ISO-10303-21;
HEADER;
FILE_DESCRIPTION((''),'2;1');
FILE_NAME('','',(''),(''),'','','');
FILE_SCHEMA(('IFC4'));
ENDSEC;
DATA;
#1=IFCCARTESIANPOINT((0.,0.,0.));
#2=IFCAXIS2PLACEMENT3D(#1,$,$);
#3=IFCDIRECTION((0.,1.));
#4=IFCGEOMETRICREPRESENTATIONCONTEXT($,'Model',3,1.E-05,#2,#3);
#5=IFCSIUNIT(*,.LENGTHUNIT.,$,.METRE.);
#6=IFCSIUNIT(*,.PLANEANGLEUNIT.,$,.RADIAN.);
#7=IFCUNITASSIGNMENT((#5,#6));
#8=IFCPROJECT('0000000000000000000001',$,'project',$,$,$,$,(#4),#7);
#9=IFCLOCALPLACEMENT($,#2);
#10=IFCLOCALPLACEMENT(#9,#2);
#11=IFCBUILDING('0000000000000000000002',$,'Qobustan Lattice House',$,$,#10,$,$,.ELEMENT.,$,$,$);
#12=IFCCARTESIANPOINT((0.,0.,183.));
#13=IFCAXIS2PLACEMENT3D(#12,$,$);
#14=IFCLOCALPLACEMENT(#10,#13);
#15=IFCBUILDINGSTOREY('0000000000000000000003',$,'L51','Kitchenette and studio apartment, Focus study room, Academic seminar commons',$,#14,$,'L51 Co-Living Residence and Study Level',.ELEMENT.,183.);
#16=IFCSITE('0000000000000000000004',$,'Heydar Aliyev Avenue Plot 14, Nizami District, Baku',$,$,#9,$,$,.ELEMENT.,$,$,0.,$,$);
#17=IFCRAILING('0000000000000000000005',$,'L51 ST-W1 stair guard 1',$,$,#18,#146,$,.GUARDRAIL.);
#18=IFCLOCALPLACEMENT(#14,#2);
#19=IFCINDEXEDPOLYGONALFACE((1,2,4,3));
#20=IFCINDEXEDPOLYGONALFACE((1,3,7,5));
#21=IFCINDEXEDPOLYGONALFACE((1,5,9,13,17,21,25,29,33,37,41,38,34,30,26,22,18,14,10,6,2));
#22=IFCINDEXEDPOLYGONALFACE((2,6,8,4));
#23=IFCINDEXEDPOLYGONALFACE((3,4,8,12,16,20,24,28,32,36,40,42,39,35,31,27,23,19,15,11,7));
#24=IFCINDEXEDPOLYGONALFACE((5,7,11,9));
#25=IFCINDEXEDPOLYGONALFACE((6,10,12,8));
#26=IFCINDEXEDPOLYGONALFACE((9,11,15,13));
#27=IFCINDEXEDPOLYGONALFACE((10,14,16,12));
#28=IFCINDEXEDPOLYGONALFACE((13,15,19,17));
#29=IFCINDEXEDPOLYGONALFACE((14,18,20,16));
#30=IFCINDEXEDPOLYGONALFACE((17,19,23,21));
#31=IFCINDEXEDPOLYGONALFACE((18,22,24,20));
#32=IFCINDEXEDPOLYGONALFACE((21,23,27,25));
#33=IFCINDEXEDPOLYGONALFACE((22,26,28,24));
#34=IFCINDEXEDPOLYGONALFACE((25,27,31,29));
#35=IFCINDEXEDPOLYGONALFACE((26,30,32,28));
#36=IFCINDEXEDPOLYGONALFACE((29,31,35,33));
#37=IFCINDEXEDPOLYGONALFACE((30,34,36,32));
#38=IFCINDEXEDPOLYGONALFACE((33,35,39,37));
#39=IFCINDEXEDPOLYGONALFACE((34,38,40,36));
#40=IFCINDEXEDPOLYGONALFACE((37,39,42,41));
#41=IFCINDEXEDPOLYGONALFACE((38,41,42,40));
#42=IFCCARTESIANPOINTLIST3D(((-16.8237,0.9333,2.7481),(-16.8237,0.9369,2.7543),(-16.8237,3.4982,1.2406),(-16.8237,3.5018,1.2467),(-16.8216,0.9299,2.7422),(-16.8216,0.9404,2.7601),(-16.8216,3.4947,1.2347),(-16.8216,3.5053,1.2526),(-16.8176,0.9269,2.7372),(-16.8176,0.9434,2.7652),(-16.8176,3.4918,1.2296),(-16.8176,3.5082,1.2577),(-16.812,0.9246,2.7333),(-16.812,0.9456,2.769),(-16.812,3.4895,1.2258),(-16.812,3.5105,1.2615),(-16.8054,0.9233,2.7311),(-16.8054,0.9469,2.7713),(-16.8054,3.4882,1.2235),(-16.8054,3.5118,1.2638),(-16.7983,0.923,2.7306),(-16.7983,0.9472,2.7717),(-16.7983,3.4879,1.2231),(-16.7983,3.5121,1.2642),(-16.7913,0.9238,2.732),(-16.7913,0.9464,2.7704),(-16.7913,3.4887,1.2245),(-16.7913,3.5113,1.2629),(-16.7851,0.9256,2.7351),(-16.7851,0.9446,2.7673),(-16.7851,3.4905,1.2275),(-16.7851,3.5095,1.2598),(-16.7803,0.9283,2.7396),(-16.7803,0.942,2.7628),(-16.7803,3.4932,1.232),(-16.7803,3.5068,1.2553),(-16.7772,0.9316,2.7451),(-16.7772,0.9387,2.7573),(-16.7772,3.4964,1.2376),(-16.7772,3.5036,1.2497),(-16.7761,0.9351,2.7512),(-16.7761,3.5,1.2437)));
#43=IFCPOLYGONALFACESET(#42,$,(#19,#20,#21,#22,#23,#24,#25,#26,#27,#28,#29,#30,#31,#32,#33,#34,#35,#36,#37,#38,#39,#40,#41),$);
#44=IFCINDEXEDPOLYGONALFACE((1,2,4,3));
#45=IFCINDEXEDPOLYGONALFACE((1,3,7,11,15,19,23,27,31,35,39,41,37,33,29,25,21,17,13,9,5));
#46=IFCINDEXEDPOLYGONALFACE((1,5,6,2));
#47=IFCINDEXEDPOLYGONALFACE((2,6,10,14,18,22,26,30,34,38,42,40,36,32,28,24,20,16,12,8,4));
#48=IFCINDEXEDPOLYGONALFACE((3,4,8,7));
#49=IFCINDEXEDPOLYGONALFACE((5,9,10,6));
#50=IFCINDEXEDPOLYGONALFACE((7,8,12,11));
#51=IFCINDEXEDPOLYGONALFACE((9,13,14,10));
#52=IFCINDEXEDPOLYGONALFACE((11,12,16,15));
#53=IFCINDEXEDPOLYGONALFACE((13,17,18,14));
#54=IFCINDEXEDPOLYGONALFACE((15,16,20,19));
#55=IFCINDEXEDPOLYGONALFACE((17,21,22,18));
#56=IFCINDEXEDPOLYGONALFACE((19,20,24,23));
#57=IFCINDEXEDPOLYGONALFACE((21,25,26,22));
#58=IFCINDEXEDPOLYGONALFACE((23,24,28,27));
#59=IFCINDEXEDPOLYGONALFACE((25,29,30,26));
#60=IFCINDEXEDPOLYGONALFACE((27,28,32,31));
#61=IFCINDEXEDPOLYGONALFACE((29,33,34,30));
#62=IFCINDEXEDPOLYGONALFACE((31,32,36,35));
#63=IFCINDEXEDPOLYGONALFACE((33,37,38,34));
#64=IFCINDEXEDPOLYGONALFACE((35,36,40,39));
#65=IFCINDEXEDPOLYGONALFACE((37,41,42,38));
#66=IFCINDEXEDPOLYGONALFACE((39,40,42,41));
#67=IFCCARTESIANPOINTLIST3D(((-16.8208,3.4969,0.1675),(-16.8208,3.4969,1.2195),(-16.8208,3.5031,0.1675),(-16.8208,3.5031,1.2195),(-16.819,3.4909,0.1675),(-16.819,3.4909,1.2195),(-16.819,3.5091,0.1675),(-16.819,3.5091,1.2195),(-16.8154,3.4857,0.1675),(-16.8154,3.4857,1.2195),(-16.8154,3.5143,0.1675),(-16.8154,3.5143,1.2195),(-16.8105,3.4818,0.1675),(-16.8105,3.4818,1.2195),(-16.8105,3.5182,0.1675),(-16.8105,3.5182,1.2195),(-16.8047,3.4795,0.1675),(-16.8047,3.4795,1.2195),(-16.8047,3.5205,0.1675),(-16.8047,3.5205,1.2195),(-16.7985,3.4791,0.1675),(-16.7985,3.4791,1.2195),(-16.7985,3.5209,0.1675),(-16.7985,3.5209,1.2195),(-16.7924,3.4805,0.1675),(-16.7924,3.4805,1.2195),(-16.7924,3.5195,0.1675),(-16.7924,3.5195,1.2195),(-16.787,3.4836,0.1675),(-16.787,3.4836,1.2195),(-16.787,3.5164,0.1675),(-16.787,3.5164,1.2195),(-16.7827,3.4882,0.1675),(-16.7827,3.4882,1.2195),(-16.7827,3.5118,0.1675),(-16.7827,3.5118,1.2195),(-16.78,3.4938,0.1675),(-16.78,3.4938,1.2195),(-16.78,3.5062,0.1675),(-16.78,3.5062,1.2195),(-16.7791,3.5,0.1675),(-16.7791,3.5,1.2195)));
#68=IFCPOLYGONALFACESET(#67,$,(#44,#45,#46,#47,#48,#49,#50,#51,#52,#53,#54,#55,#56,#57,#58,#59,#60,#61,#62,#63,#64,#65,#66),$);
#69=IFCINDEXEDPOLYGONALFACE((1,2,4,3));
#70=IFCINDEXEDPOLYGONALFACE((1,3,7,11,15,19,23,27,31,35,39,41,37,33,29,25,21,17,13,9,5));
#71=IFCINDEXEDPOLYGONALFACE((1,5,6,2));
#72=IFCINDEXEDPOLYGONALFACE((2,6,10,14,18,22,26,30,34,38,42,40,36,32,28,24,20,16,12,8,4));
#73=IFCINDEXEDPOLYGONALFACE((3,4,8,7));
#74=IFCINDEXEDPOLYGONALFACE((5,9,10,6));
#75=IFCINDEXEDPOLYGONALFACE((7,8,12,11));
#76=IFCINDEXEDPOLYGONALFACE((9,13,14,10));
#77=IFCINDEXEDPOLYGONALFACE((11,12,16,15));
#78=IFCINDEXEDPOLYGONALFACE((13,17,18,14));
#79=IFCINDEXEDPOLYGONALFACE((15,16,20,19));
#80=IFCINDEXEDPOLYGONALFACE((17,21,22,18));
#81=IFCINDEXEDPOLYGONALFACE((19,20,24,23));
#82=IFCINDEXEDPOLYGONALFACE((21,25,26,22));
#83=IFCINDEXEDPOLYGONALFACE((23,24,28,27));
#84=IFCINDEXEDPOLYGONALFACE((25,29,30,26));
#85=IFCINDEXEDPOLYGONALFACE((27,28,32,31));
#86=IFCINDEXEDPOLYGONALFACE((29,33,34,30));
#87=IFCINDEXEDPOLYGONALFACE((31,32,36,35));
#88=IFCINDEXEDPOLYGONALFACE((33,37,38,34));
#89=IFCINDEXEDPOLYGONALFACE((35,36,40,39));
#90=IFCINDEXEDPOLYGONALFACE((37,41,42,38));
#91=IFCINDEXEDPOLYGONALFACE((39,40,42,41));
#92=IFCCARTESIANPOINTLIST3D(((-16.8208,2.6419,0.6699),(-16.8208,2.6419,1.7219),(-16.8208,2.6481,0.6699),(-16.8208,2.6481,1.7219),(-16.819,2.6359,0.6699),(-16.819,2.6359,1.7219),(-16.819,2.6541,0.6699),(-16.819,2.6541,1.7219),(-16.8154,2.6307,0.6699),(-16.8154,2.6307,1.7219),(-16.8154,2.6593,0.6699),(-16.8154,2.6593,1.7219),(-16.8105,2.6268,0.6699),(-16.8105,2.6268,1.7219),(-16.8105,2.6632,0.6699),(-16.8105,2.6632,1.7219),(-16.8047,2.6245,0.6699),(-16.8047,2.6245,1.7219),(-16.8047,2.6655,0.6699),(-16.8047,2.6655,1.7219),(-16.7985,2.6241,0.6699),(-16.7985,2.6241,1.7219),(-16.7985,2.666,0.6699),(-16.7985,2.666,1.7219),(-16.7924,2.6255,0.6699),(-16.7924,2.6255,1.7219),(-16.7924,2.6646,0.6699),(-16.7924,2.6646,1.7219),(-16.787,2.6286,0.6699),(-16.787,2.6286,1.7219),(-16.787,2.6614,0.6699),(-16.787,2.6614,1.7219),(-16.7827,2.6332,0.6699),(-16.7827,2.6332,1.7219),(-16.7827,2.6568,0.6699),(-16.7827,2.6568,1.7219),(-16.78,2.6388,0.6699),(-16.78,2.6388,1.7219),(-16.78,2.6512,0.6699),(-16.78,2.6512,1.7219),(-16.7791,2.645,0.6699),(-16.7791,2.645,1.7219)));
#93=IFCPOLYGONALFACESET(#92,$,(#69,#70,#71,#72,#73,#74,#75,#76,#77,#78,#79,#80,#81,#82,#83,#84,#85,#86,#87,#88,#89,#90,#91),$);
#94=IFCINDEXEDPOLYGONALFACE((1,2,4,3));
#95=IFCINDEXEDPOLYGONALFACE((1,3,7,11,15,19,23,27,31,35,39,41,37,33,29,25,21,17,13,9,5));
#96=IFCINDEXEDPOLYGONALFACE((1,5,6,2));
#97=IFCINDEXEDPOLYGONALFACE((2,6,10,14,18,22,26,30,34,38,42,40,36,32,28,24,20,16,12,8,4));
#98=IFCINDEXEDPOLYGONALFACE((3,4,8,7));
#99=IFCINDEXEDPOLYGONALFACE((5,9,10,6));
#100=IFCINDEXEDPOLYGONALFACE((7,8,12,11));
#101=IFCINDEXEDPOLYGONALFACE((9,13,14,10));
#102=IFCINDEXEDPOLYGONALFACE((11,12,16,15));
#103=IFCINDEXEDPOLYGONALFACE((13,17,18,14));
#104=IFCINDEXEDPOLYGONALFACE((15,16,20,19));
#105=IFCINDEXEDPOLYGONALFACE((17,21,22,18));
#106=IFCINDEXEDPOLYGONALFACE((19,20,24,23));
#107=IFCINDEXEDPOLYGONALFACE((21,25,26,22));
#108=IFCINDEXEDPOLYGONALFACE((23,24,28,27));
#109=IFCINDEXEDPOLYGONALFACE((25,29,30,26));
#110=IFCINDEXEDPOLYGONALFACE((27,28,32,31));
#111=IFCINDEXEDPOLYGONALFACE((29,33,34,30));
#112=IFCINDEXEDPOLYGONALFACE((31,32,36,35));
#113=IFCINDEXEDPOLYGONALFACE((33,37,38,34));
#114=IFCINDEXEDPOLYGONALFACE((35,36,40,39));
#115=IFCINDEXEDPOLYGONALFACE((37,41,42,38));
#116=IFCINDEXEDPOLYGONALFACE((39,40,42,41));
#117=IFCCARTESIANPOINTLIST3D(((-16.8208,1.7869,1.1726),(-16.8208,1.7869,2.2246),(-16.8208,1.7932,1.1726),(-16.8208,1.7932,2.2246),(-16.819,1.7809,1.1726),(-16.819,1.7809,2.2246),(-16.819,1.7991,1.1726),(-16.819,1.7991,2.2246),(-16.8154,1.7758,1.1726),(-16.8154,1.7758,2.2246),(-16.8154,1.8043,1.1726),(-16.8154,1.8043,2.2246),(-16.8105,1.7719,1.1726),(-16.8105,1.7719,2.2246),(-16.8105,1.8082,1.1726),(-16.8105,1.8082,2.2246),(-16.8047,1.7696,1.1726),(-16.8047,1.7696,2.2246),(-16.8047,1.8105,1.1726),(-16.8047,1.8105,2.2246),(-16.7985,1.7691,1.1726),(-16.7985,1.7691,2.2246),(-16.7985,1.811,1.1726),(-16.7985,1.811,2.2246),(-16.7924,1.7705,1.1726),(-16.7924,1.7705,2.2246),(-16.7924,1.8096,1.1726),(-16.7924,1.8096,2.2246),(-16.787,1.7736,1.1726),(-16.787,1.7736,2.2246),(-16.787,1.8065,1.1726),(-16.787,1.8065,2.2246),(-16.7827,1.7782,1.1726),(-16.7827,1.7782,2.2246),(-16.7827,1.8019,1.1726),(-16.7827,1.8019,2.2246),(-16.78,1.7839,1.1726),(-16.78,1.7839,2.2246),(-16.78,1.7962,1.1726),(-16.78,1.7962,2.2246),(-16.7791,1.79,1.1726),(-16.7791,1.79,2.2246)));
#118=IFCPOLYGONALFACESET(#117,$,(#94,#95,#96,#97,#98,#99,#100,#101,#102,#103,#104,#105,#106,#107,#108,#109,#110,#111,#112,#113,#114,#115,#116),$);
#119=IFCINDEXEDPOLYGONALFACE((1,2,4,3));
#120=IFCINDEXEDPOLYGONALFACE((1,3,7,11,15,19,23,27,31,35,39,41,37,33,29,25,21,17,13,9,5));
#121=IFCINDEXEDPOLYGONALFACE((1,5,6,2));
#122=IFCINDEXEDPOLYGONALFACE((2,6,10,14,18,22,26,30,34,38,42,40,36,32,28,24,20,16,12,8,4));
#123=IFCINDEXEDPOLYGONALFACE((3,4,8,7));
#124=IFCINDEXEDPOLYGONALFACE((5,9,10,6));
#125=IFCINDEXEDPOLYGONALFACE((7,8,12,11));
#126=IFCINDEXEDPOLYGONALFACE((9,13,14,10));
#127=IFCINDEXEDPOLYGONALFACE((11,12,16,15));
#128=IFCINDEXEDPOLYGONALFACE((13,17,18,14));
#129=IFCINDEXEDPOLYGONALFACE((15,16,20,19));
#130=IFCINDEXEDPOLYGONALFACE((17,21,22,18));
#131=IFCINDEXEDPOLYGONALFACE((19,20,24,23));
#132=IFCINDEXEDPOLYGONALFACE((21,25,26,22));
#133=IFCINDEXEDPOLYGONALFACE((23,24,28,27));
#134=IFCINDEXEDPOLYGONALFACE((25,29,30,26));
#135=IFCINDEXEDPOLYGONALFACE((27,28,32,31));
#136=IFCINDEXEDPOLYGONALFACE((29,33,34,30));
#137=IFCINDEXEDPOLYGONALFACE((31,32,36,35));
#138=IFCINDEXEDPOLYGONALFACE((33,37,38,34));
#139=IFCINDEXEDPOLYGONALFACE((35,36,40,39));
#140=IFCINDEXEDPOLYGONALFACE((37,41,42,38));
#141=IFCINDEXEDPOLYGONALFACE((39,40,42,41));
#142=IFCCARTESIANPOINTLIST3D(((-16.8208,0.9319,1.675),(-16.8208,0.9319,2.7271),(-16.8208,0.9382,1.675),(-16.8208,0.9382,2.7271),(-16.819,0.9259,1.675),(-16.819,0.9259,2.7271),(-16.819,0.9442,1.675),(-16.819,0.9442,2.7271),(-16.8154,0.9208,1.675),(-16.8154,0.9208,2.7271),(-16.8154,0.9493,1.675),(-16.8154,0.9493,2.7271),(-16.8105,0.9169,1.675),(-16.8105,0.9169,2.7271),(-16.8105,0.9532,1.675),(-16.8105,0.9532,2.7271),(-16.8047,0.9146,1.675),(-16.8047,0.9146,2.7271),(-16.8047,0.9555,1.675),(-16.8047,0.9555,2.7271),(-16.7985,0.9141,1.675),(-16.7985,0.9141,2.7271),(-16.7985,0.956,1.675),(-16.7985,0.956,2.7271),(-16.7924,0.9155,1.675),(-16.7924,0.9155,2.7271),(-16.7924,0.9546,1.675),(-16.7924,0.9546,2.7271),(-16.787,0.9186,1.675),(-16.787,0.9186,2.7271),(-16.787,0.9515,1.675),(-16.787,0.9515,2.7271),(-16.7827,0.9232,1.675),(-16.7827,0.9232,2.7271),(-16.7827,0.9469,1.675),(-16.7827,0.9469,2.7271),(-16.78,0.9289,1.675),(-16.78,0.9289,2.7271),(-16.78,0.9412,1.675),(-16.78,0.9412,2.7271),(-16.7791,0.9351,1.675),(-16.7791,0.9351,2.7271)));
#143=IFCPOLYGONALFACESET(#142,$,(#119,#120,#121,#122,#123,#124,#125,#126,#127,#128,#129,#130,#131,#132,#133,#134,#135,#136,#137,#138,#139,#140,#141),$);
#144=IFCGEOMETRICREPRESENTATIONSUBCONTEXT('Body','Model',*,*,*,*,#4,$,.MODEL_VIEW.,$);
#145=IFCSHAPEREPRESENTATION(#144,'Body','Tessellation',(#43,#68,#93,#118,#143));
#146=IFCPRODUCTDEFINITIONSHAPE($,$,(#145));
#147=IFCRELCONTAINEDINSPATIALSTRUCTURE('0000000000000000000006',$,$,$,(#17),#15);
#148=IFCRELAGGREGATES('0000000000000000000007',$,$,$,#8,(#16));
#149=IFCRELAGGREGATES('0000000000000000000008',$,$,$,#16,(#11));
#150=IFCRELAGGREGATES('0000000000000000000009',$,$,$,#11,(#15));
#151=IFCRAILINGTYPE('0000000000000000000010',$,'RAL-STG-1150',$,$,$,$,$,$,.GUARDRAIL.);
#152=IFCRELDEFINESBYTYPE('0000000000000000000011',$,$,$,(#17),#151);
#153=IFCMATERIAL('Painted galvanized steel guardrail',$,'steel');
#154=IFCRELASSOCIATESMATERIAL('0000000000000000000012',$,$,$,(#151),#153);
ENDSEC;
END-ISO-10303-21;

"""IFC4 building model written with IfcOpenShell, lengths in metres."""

from ifc_helpers import new_model, si_unit, direction, frame, origin, origin_2d, place, context, subcontext, project, spatial, circle, extrude, material, type_object, element, save


model = new_model("IFC4")

# Units and contexts
model_context = context("Model", 3, precision=1e-05, world=origin(), true_north=direction((0.0, 1.0)))
body_context = subcontext(model_context, "Body", "Model", "MODEL_VIEW")
ifc_project = project(units=[si_unit("LENGTHUNIT", "METRE"), si_unit("PLANEANGLEUNIT", "RADIAN")], contexts=[model_context])

# Site, building, storey
site_placement = place(None, origin())
site = spatial("IfcSite", under=ifc_project, at=site_placement, Name="Heydar Aliyev Avenue Plot 14, Nizami District, Baku", CompositionType="ELEMENT", RefElevation=0.0)
building_placement = place(site_placement, origin())
building = spatial("IfcBuilding", under=site, at=building_placement, Name="Qobustan Lattice House", CompositionType="ELEMENT")
storey_placement = place(building_placement, frame((0.0, 0.0, 183.0)))
storey = spatial("IfcBuildingStorey", under=building, at=storey_placement, Name="L51", Description="Kitchenette and studio apartment, Focus study room, Academic seminar commons", LongName="L51 Co-Living Residence and Study Level", CompositionType="ELEMENT", Elevation=183.0)

# Railing
ifc_material_1 = material(Name="Painted galvanized steel guardrail", Category="steel")
railing_type = type_object("IfcRailingType", Name="RAL-STG-1150", PredefinedType="GUARDRAIL", material=ifc_material_1)
railing_1_placement = place(storey_placement, frame((-16.8, 3.5, 0.1675)))
element("IfcRailing", 1, at=railing_1_placement, inside=storey, type_object=railing_type, Name="L51 ST-W1 stair guard 1", PredefinedType="GUARDRAIL", context=body_context, shape_type="SweptSolid", body=[
    extrude(circle(Radius=0.0239, at=origin_2d()), frame((0.0, 0.0, 1.0762), z_axis=(0.0, -0.862113, 0.506715), x_axis=(1.0, 0.0, 0.0)), (0.0, 0.0, 1.0), 2.9751),
    extrude(circle(Radius=0.021, at=origin_2d()), origin(), (0.0, 0.0, 1.0), 1.052),
    extrude(circle(Radius=0.021, at=origin_2d()), frame((0.0, -0.855, 0.5024)), (0.0, 0.0, 1.0), 1.052),
    extrude(circle(Radius=0.021, at=origin_2d()), frame((0.0, -1.71, 1.0051)), (0.0, 0.0, 1.0), 1.052),
    extrude(circle(Radius=0.021, at=origin_2d()), frame((0.0, -2.5649, 1.5076)), (0.0, 0.0, 1.0), 1.052),
])

save(model, "model.ifc")
